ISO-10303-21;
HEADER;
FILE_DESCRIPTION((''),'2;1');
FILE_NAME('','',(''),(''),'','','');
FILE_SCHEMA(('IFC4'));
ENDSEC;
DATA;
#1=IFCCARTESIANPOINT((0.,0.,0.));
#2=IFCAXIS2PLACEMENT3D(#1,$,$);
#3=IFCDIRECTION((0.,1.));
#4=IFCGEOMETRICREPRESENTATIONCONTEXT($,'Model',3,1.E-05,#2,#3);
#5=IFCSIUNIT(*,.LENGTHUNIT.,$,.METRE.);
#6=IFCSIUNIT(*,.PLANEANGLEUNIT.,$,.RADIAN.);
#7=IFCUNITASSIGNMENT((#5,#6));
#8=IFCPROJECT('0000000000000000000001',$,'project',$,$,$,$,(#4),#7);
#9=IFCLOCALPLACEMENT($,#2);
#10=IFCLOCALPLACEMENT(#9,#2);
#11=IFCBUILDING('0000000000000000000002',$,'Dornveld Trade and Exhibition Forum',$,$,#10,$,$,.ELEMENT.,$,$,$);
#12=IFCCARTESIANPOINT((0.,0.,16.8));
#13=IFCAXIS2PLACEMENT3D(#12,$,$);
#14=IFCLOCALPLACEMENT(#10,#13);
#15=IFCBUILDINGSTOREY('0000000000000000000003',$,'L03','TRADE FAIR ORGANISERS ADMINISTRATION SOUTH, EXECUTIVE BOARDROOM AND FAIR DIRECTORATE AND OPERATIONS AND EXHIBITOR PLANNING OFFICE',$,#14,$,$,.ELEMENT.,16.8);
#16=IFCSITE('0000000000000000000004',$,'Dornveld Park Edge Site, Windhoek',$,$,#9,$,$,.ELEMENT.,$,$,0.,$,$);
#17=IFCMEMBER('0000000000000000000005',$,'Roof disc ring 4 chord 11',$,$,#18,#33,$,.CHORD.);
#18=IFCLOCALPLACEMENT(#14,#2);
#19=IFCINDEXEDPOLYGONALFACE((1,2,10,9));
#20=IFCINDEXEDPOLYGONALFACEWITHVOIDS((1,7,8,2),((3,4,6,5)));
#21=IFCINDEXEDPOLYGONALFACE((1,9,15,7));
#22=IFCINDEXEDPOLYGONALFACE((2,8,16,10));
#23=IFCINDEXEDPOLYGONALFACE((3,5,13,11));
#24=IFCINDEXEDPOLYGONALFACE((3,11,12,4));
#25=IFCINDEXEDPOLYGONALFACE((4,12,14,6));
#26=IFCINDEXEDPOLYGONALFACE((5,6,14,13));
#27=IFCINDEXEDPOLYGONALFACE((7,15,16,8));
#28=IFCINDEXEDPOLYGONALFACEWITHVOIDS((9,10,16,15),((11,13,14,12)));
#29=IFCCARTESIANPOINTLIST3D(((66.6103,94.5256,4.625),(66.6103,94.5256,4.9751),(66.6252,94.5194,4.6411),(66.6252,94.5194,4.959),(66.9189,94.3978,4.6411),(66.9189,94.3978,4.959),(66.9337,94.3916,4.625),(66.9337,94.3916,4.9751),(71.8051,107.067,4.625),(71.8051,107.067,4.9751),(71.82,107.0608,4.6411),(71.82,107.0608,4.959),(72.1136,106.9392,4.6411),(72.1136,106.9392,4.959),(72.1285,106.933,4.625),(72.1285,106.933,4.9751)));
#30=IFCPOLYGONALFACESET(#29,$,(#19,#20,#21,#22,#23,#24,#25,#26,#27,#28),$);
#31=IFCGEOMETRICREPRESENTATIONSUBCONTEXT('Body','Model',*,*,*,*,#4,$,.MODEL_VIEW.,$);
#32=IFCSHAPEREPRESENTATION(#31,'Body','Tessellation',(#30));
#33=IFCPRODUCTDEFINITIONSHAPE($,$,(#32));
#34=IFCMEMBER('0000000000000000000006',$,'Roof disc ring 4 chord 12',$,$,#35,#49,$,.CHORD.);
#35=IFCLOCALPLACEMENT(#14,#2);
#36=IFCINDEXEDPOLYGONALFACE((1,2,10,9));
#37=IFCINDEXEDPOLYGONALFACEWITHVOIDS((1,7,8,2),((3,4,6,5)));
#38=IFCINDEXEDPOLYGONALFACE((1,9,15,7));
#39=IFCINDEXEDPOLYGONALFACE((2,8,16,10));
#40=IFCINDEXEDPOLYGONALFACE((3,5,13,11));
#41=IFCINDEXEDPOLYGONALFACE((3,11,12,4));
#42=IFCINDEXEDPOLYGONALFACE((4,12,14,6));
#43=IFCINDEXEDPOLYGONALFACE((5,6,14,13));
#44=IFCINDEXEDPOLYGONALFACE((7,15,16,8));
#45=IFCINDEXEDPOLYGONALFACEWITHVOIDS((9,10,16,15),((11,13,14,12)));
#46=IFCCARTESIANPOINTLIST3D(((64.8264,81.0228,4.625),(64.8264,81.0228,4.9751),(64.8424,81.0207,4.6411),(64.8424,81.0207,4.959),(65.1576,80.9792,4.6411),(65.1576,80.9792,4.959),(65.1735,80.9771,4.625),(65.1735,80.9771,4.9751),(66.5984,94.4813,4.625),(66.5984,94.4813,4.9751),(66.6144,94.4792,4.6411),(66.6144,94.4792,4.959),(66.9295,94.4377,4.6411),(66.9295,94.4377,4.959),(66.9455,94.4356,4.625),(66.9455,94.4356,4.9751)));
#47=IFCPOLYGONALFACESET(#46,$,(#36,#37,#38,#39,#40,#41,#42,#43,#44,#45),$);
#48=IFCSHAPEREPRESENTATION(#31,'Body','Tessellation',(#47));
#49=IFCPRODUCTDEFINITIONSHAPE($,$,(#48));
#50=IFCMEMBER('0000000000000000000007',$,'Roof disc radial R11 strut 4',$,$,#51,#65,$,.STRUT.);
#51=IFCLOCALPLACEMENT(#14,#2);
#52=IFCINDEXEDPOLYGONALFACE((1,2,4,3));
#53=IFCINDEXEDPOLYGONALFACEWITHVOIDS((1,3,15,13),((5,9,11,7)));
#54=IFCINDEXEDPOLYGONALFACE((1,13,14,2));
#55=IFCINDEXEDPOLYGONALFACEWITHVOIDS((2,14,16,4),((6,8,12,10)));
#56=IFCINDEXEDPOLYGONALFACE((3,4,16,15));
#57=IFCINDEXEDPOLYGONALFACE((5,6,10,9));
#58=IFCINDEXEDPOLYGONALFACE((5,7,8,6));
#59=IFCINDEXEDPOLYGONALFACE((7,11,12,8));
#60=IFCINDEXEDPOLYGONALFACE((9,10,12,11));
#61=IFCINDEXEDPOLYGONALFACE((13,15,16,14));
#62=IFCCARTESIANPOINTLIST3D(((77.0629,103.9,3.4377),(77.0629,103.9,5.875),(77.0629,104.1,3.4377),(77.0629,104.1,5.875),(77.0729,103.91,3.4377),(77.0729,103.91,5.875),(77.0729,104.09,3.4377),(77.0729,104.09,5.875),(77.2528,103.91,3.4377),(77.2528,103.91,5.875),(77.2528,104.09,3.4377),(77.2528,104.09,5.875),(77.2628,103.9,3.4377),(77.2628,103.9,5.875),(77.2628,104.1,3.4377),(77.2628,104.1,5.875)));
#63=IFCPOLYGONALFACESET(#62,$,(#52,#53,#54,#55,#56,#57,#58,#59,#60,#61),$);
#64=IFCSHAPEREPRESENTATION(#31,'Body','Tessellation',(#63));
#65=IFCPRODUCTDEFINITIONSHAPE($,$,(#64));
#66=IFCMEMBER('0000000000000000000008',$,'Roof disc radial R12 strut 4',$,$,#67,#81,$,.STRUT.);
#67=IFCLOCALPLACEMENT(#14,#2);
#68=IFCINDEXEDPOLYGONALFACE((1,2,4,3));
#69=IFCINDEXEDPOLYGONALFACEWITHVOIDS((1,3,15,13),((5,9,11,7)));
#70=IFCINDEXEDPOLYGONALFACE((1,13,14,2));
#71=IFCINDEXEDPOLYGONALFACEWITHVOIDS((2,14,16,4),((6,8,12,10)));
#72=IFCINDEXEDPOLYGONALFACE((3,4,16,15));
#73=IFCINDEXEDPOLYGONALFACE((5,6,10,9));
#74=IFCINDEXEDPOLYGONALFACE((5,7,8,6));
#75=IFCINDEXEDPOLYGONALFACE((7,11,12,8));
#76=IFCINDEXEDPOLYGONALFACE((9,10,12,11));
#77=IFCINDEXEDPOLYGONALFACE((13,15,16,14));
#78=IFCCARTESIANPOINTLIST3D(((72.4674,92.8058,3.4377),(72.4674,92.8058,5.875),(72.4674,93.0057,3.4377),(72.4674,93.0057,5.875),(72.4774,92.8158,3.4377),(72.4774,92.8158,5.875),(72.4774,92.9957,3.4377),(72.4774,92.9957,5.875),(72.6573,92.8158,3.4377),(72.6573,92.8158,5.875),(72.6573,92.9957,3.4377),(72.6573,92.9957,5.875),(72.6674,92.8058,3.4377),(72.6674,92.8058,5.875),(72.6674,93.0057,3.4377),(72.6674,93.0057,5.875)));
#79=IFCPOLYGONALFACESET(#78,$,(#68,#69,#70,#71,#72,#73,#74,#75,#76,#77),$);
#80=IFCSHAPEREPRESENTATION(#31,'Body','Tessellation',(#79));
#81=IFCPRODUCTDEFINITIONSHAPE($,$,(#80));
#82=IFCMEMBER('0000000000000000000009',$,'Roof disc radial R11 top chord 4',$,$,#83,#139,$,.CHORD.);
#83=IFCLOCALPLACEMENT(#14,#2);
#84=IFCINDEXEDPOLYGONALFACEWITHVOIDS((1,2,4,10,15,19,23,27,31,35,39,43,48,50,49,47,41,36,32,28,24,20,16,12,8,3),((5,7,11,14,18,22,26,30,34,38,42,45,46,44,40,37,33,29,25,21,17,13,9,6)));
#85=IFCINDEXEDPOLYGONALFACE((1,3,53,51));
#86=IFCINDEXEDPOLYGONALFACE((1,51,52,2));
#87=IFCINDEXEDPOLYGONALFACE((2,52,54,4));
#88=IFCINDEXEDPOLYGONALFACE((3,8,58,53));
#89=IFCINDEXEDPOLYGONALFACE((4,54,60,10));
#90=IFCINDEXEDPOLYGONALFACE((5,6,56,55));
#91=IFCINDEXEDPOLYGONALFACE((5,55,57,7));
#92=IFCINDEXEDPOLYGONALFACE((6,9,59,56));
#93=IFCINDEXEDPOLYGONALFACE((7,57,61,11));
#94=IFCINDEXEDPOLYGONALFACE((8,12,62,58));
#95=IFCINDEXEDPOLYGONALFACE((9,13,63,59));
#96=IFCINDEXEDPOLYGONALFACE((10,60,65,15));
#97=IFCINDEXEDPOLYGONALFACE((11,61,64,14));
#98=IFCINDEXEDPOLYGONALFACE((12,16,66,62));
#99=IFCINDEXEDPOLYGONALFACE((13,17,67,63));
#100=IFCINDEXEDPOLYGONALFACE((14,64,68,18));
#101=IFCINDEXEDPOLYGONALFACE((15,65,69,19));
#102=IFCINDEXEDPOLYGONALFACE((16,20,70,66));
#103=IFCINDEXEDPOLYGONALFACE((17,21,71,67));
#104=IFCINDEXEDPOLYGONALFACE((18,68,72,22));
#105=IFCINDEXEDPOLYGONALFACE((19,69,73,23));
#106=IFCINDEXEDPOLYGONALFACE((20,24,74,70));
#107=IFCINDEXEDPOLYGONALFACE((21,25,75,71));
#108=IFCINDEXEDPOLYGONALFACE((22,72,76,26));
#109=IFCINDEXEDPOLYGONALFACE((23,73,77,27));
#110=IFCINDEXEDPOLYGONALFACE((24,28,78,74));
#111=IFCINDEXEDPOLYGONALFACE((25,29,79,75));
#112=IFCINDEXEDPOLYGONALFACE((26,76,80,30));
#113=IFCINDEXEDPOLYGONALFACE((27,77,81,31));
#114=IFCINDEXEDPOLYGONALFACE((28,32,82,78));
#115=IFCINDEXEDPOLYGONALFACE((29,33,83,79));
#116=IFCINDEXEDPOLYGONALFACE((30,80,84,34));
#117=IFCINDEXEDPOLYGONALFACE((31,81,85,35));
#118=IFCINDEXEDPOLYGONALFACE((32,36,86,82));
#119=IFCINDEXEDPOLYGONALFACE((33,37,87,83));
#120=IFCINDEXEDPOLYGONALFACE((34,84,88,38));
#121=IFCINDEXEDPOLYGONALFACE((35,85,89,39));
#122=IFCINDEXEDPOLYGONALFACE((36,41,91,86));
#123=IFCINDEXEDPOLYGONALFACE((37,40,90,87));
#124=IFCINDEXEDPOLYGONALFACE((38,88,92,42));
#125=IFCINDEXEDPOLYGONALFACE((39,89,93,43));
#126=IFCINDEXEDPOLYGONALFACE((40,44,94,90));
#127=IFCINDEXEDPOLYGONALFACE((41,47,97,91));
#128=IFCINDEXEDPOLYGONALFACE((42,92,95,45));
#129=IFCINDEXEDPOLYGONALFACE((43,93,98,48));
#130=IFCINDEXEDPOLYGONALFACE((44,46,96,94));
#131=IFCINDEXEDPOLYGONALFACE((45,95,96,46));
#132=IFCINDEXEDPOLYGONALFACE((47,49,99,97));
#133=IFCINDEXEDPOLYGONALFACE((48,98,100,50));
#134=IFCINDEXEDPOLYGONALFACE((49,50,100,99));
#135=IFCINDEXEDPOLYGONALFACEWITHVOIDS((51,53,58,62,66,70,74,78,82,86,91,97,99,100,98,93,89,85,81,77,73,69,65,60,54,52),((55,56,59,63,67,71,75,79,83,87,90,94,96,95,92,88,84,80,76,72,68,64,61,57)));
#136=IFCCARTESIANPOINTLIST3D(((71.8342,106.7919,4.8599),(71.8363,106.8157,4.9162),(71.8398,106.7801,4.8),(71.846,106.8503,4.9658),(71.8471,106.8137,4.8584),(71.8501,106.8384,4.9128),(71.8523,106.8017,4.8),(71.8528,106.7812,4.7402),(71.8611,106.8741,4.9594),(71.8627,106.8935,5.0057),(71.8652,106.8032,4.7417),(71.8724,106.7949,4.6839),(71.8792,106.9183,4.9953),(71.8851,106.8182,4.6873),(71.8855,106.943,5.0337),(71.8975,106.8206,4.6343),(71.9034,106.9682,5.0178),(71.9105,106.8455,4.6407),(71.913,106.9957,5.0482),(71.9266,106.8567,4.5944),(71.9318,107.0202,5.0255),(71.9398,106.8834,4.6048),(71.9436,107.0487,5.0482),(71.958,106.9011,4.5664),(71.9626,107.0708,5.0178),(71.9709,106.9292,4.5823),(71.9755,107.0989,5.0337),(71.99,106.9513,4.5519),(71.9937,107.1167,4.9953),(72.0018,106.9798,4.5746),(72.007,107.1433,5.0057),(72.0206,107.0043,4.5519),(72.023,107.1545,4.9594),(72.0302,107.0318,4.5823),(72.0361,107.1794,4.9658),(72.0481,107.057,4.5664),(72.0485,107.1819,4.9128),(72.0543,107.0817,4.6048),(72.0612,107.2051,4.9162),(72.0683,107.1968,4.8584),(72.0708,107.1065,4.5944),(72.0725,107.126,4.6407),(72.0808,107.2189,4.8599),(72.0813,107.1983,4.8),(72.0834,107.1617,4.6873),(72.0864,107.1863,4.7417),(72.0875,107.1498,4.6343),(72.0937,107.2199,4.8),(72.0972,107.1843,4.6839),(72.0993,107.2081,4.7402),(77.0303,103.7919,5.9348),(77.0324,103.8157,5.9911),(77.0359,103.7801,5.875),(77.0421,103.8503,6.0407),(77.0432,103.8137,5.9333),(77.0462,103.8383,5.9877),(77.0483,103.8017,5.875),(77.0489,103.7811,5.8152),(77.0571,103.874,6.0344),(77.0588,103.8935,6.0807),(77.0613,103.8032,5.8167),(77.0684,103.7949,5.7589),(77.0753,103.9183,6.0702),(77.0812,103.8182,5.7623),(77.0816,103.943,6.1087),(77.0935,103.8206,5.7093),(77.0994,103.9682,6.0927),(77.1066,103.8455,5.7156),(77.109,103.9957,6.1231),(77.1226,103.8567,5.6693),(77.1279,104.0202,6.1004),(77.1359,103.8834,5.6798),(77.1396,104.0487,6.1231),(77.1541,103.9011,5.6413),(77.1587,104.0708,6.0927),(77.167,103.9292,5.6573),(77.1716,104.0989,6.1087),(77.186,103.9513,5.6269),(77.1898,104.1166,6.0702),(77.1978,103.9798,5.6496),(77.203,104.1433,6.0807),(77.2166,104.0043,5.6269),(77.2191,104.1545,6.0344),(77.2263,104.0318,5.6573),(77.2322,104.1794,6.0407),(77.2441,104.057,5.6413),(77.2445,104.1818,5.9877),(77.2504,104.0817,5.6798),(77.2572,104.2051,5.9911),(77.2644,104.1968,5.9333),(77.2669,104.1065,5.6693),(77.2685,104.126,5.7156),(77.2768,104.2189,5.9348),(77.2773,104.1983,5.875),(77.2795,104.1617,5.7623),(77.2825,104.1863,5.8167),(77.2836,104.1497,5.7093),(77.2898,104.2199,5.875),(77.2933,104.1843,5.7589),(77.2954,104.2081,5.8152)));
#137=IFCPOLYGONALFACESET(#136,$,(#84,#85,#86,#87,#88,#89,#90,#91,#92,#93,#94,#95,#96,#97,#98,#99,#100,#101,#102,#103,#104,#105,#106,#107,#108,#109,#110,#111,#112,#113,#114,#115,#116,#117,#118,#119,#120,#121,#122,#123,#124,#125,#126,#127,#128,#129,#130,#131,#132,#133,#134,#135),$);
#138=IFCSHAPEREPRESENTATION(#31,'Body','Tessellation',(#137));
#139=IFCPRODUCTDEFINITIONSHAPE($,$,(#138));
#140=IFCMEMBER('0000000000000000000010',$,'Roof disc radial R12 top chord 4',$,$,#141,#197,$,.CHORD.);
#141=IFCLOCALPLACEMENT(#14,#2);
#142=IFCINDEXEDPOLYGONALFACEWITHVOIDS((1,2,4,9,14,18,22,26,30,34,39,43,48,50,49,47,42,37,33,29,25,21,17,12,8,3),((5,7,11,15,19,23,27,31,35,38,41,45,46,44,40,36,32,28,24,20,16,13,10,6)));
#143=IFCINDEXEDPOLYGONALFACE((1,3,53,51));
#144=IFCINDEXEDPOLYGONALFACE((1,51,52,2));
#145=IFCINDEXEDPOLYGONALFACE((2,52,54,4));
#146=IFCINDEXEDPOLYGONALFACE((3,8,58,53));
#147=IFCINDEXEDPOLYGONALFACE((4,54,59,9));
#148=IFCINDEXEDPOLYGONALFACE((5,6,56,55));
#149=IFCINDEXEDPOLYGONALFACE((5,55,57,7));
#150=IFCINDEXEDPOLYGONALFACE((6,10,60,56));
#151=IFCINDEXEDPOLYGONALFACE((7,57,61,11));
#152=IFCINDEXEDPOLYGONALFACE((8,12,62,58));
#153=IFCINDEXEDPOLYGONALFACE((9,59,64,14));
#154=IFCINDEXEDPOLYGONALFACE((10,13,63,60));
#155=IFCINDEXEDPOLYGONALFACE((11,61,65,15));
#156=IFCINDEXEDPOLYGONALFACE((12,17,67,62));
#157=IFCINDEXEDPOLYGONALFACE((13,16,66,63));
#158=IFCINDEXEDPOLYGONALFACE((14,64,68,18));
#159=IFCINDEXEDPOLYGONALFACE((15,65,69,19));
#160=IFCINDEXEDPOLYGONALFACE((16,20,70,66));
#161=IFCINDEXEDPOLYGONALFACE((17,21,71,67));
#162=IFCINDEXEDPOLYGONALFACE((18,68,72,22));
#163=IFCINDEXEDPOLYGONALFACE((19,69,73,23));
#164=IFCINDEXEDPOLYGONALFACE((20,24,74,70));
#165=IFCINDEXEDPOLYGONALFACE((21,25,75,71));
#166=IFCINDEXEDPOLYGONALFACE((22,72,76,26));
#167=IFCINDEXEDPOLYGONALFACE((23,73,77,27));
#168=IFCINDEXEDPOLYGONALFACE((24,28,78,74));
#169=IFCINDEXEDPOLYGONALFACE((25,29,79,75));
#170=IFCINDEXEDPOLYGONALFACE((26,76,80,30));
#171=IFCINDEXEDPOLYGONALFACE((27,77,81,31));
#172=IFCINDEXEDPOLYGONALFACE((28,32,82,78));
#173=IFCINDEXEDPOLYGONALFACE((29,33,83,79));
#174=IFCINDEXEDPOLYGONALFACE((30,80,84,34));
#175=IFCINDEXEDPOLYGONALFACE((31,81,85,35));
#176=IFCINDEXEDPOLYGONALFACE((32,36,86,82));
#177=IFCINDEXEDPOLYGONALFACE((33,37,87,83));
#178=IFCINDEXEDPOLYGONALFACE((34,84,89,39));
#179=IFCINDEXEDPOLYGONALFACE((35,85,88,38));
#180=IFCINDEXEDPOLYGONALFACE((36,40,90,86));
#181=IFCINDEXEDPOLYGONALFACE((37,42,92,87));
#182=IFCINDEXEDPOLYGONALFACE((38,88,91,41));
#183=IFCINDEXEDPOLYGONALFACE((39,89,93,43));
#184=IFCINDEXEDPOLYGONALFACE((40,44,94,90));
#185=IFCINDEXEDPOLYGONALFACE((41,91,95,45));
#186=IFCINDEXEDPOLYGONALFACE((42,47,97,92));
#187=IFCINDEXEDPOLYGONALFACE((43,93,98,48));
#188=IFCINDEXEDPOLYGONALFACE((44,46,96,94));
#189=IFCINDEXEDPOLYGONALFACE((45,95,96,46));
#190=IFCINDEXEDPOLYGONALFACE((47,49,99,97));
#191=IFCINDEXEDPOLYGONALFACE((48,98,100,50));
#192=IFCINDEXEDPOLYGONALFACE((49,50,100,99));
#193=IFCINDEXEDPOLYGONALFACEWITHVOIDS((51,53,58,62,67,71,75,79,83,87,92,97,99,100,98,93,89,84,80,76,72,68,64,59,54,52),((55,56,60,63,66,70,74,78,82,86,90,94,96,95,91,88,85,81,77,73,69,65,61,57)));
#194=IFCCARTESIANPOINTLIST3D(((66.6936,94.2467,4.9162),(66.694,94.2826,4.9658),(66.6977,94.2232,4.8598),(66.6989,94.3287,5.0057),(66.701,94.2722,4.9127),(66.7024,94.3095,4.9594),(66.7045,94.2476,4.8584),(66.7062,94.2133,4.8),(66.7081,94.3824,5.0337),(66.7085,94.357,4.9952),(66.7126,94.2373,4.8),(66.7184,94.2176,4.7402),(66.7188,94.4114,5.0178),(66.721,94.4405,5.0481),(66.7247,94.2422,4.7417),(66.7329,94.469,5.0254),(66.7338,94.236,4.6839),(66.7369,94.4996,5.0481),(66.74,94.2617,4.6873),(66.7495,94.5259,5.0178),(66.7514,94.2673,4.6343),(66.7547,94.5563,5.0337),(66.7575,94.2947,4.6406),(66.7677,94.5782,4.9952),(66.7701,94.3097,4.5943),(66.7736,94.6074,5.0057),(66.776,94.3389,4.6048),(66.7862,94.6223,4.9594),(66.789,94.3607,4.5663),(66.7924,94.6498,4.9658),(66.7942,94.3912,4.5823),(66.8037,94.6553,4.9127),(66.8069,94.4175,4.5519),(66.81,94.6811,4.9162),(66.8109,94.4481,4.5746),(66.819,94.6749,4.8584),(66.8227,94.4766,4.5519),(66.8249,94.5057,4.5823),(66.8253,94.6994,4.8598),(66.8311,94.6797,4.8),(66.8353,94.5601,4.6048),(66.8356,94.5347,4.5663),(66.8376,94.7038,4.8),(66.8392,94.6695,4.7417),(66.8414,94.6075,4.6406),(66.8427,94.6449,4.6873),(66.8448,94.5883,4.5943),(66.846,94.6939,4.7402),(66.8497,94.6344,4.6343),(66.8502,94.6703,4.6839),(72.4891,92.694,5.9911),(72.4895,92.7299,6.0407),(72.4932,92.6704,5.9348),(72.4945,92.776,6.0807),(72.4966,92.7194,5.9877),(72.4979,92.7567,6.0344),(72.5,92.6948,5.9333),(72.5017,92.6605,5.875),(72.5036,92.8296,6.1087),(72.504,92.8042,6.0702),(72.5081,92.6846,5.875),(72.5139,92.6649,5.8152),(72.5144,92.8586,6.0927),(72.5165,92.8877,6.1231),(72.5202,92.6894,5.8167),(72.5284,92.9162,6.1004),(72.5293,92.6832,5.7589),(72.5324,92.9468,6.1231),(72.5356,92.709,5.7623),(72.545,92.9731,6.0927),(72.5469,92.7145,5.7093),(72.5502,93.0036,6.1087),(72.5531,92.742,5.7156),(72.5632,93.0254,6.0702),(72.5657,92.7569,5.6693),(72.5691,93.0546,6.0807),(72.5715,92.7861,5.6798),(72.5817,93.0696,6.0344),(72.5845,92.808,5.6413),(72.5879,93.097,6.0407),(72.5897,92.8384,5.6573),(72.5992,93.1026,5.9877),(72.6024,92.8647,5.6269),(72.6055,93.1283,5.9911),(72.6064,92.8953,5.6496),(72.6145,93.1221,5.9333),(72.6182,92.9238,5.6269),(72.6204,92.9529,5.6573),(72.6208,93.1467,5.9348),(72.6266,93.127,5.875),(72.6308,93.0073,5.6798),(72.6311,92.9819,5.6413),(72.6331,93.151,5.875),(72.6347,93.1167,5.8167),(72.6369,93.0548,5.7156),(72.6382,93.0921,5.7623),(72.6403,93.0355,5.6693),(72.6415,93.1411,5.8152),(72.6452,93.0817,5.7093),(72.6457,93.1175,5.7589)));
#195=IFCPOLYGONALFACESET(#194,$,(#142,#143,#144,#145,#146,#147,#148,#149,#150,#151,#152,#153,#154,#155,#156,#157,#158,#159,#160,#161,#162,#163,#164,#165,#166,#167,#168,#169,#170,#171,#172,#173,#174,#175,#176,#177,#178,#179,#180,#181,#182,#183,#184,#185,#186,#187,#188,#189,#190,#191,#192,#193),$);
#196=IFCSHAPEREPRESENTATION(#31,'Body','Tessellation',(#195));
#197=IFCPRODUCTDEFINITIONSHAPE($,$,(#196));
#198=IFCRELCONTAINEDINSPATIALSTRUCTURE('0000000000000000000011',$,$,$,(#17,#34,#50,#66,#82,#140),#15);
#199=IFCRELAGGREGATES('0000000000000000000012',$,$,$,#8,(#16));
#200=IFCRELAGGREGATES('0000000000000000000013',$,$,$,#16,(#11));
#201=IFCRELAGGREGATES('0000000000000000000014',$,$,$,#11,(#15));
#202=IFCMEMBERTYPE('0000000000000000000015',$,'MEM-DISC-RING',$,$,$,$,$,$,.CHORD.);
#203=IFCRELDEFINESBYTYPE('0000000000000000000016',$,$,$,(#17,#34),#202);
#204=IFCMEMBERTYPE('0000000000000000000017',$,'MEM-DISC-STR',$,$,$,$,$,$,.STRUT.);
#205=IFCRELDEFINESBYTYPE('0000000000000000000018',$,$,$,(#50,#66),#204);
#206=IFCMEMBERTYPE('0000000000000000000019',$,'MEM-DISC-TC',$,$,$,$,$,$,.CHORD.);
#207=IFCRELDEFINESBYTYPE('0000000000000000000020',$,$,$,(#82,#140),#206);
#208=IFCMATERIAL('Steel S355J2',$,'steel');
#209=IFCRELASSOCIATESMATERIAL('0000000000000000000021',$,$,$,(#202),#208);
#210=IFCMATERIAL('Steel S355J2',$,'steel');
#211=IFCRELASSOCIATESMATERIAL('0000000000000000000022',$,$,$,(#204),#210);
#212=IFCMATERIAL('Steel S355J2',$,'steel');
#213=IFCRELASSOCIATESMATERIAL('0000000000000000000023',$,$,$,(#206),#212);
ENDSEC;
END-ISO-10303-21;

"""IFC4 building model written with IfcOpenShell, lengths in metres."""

from ifc_helpers import new_model, si_unit, direction, frame, origin, origin_2d, place, context, subcontext, project, spatial, hollow_rectangle, hollow_circle, extrude, material, material_profile, profile_set, type_object, element, save


model = new_model("IFC4")

# Units and contexts
model_context = context("Model", 3, precision=1e-05, world=origin(), true_north=direction((0.0, 1.0)))
body_context = subcontext(model_context, "Body", "Model", "MODEL_VIEW")
ifc_project = project(units=[si_unit("LENGTHUNIT", "METRE"), si_unit("PLANEANGLEUNIT", "RADIAN")], contexts=[model_context])

# Site, building, storey
site_placement = place(None, origin())
site = spatial("IfcSite", under=ifc_project, at=site_placement, Name="Dornveld Park Edge Site, Windhoek", CompositionType="ELEMENT", RefElevation=0.0)
building_placement = place(site_placement, origin())
building = spatial("IfcBuilding", under=site, at=building_placement, Name="Dornveld Trade and Exhibition Forum", CompositionType="ELEMENT")
storey_placement = place(building_placement, frame((0.0, 0.0, 16.8)))
storey = spatial("IfcBuildingStorey", under=building, at=storey_placement, Name="L03", Description="TRADE FAIR ORGANISERS ADMINISTRATION SOUTH, EXECUTIVE BOARDROOM AND FAIR DIRECTORATE AND OPERATIONS AND EXHIBITOR PLANNING OFFICE", CompositionType="ELEMENT", Elevation=16.8)

# Members
ifc_material_1 = material(Name="Steel S355J2", Category="steel")
ifc_material_profile_1 = material_profile(ifc_material_1, hollow_rectangle(XDim=0.3501, YDim=0.3501, WallThickness=0.0161, at=origin_2d()), Name="SHS 350x350x16")
ifc_profile_set_1 = profile_set([ifc_material_profile_1], Name="Steel S355J2")
member_type_1 = type_object("IfcMemberType", Name="MEM-DISC-RING", PredefinedType="CHORD", material=ifc_profile_set_1)
for number, where, z_axis, x_axis, name in (
    (1, (71.9668, 107.0, 4.8), (-0.382681, -0.92388, 0.0), (0.92388, -0.382681, 0.0), "Roof disc ring 4 chord 11"),
    (2, (66.772, 94.4585, 4.8), (-0.130535, -0.991444, 0.0), (0.991444, -0.130535, 0.0), "Roof disc ring 4 chord 12"),
):
    element("IfcMember", number, at=place(storey_placement, frame(where, z_axis=z_axis, x_axis=x_axis)), inside=storey, type_object=member_type_1, Name=name, PredefinedType="CHORD", context=body_context, shape_type="SweptSolid", body=[
        extrude(hollow_rectangle(XDim=0.3501, YDim=0.3501, WallThickness=0.0161, at=origin_2d()), origin(), (0.0, 0.0, 1.0), 13.5747),
    ])
ifc_material_2 = material(Name="Steel S355J2", Category="steel")
ifc_material_profile_2 = material_profile(ifc_material_2, hollow_rectangle(XDim=0.2, YDim=0.2, WallThickness=0.01, at=origin_2d()), Name="SHS 200x200x10")
ifc_profile_set_2 = profile_set([ifc_material_profile_2], Name="Steel S355J2")
member_type_2 = type_object("IfcMemberType", Name="MEM-DISC-STR", PredefinedType="STRUT", material=ifc_profile_set_2)
for number, where, z_axis, x_axis, name in (
    (3, (77.1628, 104.0, 3.4377), (0.0, 0.0, 1.0), (1.0, 0.0, 0.0), "Roof disc radial R11 strut 4"),
    (4, (72.5674, 92.9058, 3.4377), (0.0, 0.0, 1.0), (1.0, 0.0, 0.0), "Roof disc radial R12 strut 4"),
):
    element("IfcMember", number, at=place(storey_placement, frame(where, z_axis=z_axis, x_axis=x_axis)), inside=storey, type_object=member_type_2, Name=name, PredefinedType="STRUT", context=body_context, shape_type="SweptSolid", body=[
        extrude(hollow_rectangle(XDim=0.2, YDim=0.2, WallThickness=0.01, at=origin_2d()), origin(), (0.0, 0.0, 1.0), 2.4373),
    ])
ifc_material_3 = material(Name="Steel S355J2", Category="steel")
ifc_material_profile_3 = material_profile(ifc_material_3, hollow_circle(Radius=0.2539, WallThickness=0.0249, at=origin_2d()), Name="CHS 508x25")
ifc_profile_set_3 = profile_set([ifc_material_profile_3], Name="Steel S355J2")
member_type_3 = type_object("IfcMemberType", Name="MEM-DISC-TC", PredefinedType="CHORD", material=ifc_profile_set_3)
for number, where, z_axis, x_axis, name in (
    (5, (77.1628, 104.0, 5.875), (-0.852448, 0.492171, -0.176353), (-0.500008, -0.866021, 0.0), "Roof disc radial R11 top chord 4"),
    (6, (72.5674, 92.9058, 5.875), (-0.950792, 0.254741, -0.176356), (-0.258797, -0.965932, 0.0), "Roof disc radial R12 top chord 4"),
):
    element("IfcMember", number, at=place(storey_placement, frame(where, z_axis=z_axis, x_axis=x_axis)), inside=storey, type_object=member_type_3, Name=name, PredefinedType="CHORD", context=body_context, shape_type="SweptSolid", body=[
        extrude(hollow_circle(Radius=0.2539, WallThickness=0.0249, at=origin_2d()), origin(), (0.0, 0.0, 1.0), 6.0955),
    ])

save(model, "model.ifc")
